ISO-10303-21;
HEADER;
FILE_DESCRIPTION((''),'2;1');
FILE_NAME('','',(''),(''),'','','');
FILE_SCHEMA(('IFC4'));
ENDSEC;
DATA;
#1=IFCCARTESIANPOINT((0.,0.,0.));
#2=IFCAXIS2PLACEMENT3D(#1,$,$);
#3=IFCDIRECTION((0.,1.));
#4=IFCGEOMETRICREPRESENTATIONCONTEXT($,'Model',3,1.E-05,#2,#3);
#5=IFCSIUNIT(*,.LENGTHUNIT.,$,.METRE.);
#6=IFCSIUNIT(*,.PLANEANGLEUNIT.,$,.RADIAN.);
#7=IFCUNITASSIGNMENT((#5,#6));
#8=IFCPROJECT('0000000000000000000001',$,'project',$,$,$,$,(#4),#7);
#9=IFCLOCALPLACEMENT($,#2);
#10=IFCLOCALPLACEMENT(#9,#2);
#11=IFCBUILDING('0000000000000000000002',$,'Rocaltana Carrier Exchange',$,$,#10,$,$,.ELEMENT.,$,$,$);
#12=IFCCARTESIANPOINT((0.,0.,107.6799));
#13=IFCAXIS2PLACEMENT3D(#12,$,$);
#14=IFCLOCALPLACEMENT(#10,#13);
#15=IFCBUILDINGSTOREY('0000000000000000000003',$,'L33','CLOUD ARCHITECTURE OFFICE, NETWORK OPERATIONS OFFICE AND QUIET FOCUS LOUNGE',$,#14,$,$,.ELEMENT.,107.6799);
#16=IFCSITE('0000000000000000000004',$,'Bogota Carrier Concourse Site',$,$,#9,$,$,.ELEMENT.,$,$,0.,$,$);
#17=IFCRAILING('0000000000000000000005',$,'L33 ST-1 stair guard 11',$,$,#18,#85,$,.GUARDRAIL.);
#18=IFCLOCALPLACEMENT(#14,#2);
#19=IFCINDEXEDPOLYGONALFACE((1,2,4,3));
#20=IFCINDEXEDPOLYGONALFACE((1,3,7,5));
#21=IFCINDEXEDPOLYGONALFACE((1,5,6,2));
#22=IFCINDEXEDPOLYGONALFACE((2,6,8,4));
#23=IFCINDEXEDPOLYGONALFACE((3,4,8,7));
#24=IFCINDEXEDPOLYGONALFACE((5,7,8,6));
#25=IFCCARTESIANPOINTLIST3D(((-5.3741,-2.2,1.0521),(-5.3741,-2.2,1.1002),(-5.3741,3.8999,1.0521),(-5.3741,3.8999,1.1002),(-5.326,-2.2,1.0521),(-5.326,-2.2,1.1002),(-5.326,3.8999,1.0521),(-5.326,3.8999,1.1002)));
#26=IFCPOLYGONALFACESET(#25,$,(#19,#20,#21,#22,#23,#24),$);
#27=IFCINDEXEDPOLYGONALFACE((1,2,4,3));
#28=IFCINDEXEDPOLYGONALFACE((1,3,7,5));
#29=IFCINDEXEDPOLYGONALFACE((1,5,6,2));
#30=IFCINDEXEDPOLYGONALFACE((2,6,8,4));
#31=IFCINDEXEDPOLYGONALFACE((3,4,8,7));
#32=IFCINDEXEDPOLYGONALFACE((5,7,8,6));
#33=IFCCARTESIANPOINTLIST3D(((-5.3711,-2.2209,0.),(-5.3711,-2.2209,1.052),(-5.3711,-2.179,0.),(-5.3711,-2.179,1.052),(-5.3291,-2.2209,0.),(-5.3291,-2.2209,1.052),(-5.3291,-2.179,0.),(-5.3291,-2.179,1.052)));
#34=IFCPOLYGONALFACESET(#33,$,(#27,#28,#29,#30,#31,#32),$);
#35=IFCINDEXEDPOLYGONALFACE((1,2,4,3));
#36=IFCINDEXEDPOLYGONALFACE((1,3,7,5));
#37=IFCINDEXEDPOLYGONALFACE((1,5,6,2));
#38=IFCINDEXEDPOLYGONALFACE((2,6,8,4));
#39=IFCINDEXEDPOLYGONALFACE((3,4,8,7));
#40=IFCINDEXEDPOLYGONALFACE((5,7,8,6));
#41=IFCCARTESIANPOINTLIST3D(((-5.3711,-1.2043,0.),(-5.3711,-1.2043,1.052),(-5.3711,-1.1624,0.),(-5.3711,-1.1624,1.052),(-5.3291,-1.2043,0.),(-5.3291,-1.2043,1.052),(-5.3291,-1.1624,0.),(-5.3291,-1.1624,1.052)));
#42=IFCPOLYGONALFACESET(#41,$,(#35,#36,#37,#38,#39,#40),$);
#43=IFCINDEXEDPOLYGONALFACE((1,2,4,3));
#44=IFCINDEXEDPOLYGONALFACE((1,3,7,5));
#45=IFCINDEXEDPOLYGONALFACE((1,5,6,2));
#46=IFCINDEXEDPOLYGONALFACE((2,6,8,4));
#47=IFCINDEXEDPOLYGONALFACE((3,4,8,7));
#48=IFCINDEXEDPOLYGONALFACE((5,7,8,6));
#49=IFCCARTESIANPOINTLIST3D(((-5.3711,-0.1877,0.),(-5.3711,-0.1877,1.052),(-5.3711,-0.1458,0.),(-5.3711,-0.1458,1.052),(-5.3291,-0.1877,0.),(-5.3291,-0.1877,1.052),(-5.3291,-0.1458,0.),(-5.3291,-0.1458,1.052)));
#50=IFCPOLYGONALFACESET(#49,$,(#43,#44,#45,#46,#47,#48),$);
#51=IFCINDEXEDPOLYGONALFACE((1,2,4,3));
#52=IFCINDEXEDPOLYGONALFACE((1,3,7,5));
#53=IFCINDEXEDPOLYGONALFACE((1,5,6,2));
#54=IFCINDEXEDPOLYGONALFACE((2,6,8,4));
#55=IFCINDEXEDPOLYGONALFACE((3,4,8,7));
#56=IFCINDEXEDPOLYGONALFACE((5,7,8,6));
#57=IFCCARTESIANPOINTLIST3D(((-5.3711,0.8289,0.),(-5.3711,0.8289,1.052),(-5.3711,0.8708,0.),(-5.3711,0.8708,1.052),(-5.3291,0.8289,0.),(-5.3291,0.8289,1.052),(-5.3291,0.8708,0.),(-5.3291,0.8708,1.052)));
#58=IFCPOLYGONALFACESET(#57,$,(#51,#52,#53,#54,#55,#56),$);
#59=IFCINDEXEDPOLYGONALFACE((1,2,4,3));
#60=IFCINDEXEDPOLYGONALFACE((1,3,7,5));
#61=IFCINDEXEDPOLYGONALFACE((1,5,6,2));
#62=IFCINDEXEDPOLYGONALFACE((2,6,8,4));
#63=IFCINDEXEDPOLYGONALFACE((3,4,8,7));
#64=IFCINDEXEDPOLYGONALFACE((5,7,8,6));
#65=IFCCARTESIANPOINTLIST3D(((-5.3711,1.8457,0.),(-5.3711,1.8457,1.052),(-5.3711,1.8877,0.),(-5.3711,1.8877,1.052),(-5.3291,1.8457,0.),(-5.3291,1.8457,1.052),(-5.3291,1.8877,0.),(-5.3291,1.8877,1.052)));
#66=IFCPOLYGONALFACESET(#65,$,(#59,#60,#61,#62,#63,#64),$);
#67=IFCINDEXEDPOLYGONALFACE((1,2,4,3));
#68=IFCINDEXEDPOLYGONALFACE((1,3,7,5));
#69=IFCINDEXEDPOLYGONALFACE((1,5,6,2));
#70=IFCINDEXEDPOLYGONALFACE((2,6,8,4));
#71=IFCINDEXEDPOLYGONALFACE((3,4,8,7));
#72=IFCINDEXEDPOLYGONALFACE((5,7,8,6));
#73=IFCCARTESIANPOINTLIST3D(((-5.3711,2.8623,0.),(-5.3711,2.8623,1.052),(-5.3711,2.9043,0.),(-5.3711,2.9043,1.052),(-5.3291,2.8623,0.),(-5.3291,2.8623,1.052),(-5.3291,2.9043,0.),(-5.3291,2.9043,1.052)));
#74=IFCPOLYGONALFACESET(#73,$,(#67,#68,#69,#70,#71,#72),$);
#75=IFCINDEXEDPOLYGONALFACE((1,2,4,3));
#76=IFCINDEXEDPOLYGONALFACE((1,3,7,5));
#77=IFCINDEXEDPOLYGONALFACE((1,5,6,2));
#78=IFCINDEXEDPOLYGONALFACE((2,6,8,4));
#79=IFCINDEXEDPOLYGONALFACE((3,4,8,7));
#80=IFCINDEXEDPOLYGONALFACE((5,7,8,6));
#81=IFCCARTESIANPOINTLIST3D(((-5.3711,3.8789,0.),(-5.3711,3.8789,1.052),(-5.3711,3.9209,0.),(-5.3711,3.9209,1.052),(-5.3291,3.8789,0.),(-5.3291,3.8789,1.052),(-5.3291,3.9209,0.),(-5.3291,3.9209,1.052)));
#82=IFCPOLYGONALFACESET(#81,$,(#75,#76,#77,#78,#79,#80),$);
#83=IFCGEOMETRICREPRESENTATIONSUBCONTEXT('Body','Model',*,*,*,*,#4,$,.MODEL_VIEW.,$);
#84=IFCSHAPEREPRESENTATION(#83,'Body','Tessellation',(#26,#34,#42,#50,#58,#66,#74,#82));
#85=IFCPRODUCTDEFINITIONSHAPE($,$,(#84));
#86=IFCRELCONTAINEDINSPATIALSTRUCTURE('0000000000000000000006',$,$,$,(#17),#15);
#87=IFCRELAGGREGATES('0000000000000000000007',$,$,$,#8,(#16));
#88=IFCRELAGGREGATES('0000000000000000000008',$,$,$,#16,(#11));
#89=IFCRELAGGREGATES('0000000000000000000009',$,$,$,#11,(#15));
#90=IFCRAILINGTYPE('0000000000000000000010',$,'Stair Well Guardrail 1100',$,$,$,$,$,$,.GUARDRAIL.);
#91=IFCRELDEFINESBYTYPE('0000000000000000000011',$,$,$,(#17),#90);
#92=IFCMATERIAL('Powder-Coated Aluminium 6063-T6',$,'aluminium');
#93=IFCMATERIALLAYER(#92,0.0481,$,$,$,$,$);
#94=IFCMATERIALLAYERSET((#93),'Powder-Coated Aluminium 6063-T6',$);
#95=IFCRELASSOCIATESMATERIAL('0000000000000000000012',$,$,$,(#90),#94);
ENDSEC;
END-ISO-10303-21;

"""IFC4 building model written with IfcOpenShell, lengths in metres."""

from ifc_helpers import new_model, si_unit, direction, frame, origin, origin_2d, place, context, subcontext, project, spatial, rectangle, extrude, material, layer, layer_set, type_object, element, save


model = new_model("IFC4")

# Units and contexts
model_context = context("Model", 3, precision=1e-05, world=origin(), true_north=direction((0.0, 1.0)))
body_context = subcontext(model_context, "Body", "Model", "MODEL_VIEW")
ifc_project = project(units=[si_unit("LENGTHUNIT", "METRE"), si_unit("PLANEANGLEUNIT", "RADIAN")], contexts=[model_context])

# Site, building, storey
site_placement = place(None, origin())
site = spatial("IfcSite", under=ifc_project, at=site_placement, Name="Bogota Carrier Concourse Site", CompositionType="ELEMENT", RefElevation=0.0)
building_placement = place(site_placement, origin())
building = spatial("IfcBuilding", under=site, at=building_placement, Name="Rocaltana Carrier Exchange", CompositionType="ELEMENT")
storey_placement = place(building_placement, frame((0.0, 0.0, 107.6799)))
storey = spatial("IfcBuildingStorey", under=building, at=storey_placement, Name="L33", Description="CLOUD ARCHITECTURE OFFICE, NETWORK OPERATIONS OFFICE AND QUIET FOCUS LOUNGE", CompositionType="ELEMENT", Elevation=107.6799)

# Railing
ifc_material_1 = material(Name="Powder-Coated Aluminium 6063-T6", Category="aluminium")
ifc_layer_1 = layer(ifc_material_1, 0.0481)
ifc_layer_set_1 = layer_set([ifc_layer_1], Name="Powder-Coated Aluminium 6063-T6")
railing_type_1 = type_object("IfcRailingType", Name="Stair Well Guardrail 1100", PredefinedType="GUARDRAIL", material=ifc_layer_set_1)
for number, where, name in (
    (1, (-5.3501, -2.2, 0.0), "L33 ST-1 stair guard 11"),
):
    element("IfcRailing", number, at=place(storey_placement, frame(where)), inside=storey, type_object=railing_type_1, Name=name, PredefinedType="GUARDRAIL", context=body_context, shape_type="SweptSolid", body=[
        extrude(rectangle(XDim=0.0481, YDim=0.0481, at=origin_2d()), frame((0.0, 0.0, 1.0762), z_axis=(0.0, 1.0, 0.0), x_axis=(-1.0, 0.0, 0.0)), (0.0, 0.0, 1.0), 6.0999),
        extrude(rectangle(XDim=0.042, YDim=0.042, at=origin_2d()), origin(), (0.0, 0.0, 1.0), 1.052),
        extrude(rectangle(XDim=0.042, YDim=0.042, at=origin_2d()), frame((0.0, 1.0166, 0.0)), (0.0, 0.0, 1.0), 1.052),
        extrude(rectangle(XDim=0.042, YDim=0.042, at=origin_2d()), frame((0.0, 2.0332, 0.0)), (0.0, 0.0, 1.0), 1.052),
        extrude(rectangle(XDim=0.042, YDim=0.042, at=origin_2d()), frame((0.0, 3.0498, 0.0)), (0.0, 0.0, 1.0), 1.052),
        extrude(rectangle(XDim=0.042, YDim=0.042, at=origin_2d()), frame((0.0, 4.0667, 0.0)), (0.0, 0.0, 1.0), 1.052),
        extrude(rectangle(XDim=0.042, YDim=0.042, at=origin_2d()), frame((0.0, 5.0833, 0.0)), (0.0, 0.0, 1.0), 1.052),
        extrude(rectangle(XDim=0.042, YDim=0.042, at=origin_2d()), frame((0.0, 6.0999, 0.0)), (0.0, 0.0, 1.0), 1.052),
    ])

save(model, "model.ifc")
